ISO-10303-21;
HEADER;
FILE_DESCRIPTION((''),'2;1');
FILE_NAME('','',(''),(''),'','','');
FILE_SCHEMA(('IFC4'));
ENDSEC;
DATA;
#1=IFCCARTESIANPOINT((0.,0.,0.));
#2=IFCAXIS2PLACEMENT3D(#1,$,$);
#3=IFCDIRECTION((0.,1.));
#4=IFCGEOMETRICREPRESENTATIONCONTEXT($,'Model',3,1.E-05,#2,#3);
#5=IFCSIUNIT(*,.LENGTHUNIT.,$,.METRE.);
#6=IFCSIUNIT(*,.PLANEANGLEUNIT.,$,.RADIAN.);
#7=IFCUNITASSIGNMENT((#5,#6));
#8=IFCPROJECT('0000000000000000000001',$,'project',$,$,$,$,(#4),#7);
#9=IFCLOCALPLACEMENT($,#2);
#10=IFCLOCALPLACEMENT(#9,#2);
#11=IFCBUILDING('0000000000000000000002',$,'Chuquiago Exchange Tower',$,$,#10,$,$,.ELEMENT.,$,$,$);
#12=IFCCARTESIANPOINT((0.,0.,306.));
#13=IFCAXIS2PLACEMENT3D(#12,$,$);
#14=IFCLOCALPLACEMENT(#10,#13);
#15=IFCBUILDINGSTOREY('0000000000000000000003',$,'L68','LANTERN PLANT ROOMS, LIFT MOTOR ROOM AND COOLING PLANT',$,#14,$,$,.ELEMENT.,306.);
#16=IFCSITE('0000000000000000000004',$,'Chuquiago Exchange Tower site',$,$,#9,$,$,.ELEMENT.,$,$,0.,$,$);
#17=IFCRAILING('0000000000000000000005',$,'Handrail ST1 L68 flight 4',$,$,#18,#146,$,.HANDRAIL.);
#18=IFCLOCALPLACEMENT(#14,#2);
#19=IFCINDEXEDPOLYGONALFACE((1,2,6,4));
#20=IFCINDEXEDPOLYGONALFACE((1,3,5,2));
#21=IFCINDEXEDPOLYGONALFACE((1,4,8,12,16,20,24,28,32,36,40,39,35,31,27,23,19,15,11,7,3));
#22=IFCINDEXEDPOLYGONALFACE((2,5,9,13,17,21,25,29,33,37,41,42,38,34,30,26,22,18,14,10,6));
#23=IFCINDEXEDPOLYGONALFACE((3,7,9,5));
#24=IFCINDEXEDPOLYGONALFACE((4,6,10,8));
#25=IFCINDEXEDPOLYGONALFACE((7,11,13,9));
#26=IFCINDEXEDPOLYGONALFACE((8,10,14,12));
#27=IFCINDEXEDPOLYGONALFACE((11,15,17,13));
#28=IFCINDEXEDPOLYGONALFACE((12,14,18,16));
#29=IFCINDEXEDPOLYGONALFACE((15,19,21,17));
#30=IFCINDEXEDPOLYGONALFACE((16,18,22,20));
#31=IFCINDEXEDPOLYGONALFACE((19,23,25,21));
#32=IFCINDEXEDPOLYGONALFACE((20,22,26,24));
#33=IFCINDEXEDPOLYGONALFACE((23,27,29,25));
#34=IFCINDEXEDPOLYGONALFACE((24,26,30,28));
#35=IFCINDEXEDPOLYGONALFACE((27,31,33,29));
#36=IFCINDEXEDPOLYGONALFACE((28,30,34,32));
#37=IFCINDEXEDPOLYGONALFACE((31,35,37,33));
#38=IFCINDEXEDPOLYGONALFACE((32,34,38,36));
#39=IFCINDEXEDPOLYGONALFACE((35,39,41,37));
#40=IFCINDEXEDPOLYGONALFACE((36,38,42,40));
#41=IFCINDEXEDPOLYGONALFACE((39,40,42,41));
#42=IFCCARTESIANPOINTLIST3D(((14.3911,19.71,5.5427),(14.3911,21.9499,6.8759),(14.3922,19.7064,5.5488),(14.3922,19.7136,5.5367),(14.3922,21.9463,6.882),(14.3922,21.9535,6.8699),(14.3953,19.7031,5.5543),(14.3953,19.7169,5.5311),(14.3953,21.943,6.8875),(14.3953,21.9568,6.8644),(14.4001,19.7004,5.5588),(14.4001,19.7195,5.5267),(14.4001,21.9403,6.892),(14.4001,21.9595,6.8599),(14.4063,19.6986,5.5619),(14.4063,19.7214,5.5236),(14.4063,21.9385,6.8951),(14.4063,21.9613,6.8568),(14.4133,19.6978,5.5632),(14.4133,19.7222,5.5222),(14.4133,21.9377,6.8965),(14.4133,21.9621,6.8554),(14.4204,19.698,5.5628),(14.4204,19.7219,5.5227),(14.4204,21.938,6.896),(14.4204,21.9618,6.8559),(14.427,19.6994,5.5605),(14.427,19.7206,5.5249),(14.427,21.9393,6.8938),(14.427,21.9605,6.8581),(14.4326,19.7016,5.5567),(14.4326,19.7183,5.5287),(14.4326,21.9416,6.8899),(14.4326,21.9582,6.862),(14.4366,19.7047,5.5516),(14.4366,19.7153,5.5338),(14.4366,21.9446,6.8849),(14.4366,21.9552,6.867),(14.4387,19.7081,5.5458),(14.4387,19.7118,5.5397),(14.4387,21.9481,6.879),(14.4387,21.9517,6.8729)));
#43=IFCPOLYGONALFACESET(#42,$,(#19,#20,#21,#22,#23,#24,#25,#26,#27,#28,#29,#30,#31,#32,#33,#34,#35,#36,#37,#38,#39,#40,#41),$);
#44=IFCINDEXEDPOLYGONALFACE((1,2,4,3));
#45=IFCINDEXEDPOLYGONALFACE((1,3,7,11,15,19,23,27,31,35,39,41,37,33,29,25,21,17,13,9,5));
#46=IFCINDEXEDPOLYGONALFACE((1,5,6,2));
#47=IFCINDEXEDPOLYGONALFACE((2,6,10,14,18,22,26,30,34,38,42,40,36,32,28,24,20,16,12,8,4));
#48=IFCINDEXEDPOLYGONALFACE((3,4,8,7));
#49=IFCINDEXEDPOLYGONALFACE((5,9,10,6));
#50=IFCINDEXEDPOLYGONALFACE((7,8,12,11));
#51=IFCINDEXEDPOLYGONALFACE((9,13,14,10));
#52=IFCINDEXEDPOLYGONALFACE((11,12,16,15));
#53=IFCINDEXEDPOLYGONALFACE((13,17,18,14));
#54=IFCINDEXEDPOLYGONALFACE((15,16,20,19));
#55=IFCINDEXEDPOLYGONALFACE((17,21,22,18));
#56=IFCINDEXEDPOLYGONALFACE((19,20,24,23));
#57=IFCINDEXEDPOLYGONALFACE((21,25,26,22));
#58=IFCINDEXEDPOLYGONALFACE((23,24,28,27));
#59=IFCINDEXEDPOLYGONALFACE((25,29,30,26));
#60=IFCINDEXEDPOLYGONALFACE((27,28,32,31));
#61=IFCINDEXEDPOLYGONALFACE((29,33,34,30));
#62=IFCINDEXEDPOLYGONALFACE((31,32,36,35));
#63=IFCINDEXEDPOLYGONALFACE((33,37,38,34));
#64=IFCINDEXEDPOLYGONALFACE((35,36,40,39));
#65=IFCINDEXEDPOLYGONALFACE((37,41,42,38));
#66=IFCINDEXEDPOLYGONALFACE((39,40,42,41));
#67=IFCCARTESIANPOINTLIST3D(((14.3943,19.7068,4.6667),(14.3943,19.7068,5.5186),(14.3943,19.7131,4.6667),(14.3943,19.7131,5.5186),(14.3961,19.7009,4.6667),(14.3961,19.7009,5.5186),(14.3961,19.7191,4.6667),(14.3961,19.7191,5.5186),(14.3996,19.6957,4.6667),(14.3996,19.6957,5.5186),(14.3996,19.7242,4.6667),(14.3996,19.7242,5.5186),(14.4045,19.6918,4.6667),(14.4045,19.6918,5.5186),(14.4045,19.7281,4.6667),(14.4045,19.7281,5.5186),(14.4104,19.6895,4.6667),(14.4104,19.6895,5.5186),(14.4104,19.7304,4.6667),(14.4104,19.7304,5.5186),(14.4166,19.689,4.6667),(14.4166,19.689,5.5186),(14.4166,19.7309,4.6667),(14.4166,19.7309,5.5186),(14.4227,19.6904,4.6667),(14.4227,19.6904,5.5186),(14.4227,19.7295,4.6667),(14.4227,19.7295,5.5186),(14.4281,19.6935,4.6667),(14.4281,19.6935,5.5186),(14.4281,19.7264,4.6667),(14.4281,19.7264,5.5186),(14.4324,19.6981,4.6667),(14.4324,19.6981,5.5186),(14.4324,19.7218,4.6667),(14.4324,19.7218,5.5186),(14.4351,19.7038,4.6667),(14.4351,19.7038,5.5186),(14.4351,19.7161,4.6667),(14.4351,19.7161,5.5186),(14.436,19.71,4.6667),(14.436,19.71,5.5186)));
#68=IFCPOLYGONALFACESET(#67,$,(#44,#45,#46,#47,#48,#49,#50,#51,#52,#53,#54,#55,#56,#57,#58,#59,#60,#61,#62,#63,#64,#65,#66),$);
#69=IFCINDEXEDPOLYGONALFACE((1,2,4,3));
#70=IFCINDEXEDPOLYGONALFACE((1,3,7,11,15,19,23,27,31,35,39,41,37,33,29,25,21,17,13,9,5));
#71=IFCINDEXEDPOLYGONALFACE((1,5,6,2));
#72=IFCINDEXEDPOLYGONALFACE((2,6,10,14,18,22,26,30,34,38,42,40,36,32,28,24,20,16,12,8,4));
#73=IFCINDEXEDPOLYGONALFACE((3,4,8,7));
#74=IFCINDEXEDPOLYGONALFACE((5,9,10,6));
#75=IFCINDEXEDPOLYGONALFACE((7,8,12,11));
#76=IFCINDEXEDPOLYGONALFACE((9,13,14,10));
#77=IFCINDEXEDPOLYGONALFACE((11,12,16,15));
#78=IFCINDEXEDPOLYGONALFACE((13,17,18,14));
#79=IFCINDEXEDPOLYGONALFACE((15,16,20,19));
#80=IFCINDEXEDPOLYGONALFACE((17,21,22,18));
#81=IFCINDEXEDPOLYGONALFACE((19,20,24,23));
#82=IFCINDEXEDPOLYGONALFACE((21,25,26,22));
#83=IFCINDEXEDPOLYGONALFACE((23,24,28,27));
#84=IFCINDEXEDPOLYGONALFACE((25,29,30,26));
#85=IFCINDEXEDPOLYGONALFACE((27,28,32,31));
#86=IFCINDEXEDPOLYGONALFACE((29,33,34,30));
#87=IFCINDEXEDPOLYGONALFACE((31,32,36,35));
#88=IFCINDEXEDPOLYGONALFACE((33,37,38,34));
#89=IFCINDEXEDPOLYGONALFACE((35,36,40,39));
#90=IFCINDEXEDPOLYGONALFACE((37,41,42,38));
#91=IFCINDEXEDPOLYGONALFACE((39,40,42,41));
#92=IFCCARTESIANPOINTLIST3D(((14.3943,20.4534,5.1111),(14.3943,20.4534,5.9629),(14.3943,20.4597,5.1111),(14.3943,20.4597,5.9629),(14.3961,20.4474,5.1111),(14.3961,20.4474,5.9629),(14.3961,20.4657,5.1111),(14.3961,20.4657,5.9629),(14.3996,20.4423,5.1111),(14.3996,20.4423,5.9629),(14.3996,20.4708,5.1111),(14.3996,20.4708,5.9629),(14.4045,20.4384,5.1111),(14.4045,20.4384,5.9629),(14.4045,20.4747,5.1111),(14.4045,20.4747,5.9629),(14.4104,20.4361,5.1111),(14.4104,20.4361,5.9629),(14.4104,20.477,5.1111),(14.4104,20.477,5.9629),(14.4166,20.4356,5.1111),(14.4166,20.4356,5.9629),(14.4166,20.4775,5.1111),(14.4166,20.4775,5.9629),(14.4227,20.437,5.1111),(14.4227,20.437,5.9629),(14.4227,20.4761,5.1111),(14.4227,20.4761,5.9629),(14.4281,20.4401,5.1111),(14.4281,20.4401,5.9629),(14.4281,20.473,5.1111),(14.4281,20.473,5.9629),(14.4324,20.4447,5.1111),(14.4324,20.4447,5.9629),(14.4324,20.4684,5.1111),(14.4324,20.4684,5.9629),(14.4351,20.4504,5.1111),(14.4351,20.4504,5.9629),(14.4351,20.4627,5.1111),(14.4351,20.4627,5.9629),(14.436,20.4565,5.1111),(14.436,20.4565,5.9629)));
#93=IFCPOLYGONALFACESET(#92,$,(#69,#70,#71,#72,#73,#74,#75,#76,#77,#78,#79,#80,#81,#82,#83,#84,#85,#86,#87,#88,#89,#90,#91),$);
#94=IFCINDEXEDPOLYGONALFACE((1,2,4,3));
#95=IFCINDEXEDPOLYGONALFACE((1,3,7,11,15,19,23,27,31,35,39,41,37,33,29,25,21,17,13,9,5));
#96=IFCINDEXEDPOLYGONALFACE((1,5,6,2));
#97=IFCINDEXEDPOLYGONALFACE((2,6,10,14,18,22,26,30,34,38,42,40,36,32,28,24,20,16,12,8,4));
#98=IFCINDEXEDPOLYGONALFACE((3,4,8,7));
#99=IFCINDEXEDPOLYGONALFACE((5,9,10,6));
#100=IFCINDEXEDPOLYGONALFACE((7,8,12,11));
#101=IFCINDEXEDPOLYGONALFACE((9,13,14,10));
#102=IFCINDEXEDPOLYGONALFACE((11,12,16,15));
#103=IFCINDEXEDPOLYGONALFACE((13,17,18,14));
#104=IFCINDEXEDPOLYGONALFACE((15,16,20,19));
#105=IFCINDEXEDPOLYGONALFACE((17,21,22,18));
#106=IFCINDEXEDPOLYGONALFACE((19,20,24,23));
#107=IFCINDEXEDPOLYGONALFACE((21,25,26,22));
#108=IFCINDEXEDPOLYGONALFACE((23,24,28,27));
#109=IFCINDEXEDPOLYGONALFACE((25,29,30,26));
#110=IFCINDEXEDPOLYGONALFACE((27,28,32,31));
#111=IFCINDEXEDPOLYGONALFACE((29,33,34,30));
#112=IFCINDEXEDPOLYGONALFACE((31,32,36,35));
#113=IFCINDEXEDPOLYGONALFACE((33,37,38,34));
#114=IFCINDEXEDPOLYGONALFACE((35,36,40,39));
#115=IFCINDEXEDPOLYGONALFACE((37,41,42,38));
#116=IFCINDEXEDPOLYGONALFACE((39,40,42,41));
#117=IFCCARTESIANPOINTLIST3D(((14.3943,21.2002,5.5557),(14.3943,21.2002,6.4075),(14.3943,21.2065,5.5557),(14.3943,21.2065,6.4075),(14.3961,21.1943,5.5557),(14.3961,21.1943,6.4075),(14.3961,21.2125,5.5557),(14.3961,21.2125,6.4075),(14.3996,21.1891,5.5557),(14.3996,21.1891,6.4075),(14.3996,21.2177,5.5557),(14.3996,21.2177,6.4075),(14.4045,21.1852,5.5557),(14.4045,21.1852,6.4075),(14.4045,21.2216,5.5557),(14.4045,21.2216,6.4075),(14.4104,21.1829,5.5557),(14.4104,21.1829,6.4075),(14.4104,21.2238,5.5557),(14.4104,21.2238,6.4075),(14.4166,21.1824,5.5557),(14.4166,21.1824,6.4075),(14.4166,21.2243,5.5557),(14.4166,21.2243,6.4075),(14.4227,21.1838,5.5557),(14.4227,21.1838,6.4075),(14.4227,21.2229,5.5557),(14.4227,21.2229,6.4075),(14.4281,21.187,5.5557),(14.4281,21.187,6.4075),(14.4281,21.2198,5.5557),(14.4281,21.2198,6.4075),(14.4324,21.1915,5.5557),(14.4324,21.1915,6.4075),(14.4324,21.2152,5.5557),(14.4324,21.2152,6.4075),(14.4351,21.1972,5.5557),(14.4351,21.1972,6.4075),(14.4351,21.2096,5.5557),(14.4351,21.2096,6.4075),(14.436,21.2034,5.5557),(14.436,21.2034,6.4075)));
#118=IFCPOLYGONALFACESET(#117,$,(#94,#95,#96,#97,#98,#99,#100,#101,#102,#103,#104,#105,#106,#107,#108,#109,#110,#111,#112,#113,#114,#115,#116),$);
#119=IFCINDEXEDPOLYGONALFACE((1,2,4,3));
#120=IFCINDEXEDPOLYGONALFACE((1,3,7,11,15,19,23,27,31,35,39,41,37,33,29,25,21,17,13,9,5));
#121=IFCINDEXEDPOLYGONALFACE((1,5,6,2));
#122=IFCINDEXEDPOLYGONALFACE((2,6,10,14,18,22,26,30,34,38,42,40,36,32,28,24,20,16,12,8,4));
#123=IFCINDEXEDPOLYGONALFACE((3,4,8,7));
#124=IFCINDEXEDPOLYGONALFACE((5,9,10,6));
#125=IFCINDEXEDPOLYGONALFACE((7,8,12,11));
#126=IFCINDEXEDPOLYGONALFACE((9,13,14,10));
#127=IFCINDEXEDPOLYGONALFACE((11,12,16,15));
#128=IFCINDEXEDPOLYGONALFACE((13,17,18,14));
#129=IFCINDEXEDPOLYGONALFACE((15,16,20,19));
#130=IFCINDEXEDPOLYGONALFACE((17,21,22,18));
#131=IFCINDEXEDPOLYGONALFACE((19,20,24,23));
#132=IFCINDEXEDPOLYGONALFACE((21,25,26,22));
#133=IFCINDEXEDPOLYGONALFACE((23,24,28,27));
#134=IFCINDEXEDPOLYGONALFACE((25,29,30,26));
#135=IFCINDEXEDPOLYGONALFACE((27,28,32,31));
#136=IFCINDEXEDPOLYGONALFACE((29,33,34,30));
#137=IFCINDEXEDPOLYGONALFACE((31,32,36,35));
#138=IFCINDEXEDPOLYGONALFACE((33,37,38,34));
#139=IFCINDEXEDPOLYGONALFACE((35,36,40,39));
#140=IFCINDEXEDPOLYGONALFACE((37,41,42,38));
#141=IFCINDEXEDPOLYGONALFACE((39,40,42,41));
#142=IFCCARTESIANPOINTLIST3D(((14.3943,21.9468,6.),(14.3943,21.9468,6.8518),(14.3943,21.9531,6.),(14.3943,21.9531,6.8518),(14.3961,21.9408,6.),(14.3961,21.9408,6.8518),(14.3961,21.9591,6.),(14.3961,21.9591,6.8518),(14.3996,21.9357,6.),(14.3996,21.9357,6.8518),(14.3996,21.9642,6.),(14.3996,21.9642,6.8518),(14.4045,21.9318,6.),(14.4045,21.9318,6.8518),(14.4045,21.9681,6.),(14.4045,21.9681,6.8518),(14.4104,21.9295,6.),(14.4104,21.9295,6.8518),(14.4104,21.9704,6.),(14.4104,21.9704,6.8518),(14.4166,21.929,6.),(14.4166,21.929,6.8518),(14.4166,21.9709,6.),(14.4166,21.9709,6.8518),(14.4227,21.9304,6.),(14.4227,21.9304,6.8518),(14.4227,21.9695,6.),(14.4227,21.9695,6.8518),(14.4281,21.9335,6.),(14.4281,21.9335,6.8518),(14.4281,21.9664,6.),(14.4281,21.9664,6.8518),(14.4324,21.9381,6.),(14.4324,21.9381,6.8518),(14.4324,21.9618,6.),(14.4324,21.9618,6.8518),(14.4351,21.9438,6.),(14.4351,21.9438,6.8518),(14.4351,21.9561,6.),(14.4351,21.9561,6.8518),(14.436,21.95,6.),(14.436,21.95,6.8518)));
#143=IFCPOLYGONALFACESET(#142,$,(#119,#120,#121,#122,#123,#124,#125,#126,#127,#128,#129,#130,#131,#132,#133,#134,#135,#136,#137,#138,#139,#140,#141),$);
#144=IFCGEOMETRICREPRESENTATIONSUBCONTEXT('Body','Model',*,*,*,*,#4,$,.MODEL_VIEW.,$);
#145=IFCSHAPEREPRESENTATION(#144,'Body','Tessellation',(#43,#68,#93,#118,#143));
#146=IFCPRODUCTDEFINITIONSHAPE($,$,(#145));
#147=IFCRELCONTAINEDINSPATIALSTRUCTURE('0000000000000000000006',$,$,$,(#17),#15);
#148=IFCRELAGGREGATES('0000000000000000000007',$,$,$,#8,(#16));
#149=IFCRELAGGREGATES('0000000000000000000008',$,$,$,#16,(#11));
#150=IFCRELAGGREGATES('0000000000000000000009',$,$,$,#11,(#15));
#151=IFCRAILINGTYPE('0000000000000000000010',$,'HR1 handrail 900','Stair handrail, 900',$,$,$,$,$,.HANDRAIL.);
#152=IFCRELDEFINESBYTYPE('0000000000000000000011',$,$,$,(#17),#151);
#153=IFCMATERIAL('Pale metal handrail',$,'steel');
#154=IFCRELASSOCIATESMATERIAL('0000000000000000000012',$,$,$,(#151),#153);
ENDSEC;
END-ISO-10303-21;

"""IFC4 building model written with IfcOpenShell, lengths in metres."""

from ifc_helpers import new_model, si_unit, direction, frame, origin, origin_2d, place, context, subcontext, project, spatial, circle, extrude, material, type_object, element, save


model = new_model("IFC4")

# Units and contexts
model_context = context("Model", 3, precision=1e-05, world=origin(), true_north=direction((0.0, 1.0)))
body_context = subcontext(model_context, "Body", "Model", "MODEL_VIEW")
ifc_project = project(units=[si_unit("LENGTHUNIT", "METRE"), si_unit("PLANEANGLEUNIT", "RADIAN")], contexts=[model_context])

# Site, building, storey
site_placement = place(None, origin())
site = spatial("IfcSite", under=ifc_project, at=site_placement, Name="Chuquiago Exchange Tower site", CompositionType="ELEMENT", RefElevation=0.0)
building_placement = place(site_placement, origin())
building = spatial("IfcBuilding", under=site, at=building_placement, Name="Chuquiago Exchange Tower", CompositionType="ELEMENT")
storey_placement = place(building_placement, frame((0.0, 0.0, 306.0)))
storey = spatial("IfcBuildingStorey", under=building, at=storey_placement, Name="L68", Description="LANTERN PLANT ROOMS, LIFT MOTOR ROOM AND COOLING PLANT", CompositionType="ELEMENT", Elevation=306.0)

# Railing
ifc_material_1 = material(Name="Pale metal handrail", Category="steel")
railing_type_1 = type_object("IfcRailingType", Name="HR1 handrail 900", Description="Stair handrail, 900", PredefinedType="HANDRAIL", material=ifc_material_1)
for number, where, name in (
    (1, (14.415, 19.71, 4.6667), "Handrail ST1 L68 flight 4"),
):
    element("IfcRailing", number, at=place(storey_placement, frame(where)), inside=storey, type_object=railing_type_1, Name=name, PredefinedType="HANDRAIL", context=body_context, shape_type="SweptSolid", body=[
        extrude(circle(Radius=0.0239, at=origin_2d()), frame((0.0, 0.0, 0.876), z_axis=(0.0, 0.859306, 0.511462), x_axis=(-1.0, 0.0, 0.0)), (0.0, 0.0, 1.0), 2.6067),
        extrude(circle(Radius=0.021, at=origin_2d()), origin(), (0.0, 0.0, 1.0), 0.8518),
        extrude(circle(Radius=0.021, at=origin_2d()), frame((0.0, 0.7466, 0.4443)), (0.0, 0.0, 1.0), 0.8518),
        extrude(circle(Radius=0.021, at=origin_2d()), frame((0.0, 1.4934, 0.8889)), (0.0, 0.0, 1.0), 0.8518),
        extrude(circle(Radius=0.021, at=origin_2d()), frame((0.0, 2.24, 1.3333)), (0.0, 0.0, 1.0), 0.8518),
    ])

save(model, "model.ifc")
